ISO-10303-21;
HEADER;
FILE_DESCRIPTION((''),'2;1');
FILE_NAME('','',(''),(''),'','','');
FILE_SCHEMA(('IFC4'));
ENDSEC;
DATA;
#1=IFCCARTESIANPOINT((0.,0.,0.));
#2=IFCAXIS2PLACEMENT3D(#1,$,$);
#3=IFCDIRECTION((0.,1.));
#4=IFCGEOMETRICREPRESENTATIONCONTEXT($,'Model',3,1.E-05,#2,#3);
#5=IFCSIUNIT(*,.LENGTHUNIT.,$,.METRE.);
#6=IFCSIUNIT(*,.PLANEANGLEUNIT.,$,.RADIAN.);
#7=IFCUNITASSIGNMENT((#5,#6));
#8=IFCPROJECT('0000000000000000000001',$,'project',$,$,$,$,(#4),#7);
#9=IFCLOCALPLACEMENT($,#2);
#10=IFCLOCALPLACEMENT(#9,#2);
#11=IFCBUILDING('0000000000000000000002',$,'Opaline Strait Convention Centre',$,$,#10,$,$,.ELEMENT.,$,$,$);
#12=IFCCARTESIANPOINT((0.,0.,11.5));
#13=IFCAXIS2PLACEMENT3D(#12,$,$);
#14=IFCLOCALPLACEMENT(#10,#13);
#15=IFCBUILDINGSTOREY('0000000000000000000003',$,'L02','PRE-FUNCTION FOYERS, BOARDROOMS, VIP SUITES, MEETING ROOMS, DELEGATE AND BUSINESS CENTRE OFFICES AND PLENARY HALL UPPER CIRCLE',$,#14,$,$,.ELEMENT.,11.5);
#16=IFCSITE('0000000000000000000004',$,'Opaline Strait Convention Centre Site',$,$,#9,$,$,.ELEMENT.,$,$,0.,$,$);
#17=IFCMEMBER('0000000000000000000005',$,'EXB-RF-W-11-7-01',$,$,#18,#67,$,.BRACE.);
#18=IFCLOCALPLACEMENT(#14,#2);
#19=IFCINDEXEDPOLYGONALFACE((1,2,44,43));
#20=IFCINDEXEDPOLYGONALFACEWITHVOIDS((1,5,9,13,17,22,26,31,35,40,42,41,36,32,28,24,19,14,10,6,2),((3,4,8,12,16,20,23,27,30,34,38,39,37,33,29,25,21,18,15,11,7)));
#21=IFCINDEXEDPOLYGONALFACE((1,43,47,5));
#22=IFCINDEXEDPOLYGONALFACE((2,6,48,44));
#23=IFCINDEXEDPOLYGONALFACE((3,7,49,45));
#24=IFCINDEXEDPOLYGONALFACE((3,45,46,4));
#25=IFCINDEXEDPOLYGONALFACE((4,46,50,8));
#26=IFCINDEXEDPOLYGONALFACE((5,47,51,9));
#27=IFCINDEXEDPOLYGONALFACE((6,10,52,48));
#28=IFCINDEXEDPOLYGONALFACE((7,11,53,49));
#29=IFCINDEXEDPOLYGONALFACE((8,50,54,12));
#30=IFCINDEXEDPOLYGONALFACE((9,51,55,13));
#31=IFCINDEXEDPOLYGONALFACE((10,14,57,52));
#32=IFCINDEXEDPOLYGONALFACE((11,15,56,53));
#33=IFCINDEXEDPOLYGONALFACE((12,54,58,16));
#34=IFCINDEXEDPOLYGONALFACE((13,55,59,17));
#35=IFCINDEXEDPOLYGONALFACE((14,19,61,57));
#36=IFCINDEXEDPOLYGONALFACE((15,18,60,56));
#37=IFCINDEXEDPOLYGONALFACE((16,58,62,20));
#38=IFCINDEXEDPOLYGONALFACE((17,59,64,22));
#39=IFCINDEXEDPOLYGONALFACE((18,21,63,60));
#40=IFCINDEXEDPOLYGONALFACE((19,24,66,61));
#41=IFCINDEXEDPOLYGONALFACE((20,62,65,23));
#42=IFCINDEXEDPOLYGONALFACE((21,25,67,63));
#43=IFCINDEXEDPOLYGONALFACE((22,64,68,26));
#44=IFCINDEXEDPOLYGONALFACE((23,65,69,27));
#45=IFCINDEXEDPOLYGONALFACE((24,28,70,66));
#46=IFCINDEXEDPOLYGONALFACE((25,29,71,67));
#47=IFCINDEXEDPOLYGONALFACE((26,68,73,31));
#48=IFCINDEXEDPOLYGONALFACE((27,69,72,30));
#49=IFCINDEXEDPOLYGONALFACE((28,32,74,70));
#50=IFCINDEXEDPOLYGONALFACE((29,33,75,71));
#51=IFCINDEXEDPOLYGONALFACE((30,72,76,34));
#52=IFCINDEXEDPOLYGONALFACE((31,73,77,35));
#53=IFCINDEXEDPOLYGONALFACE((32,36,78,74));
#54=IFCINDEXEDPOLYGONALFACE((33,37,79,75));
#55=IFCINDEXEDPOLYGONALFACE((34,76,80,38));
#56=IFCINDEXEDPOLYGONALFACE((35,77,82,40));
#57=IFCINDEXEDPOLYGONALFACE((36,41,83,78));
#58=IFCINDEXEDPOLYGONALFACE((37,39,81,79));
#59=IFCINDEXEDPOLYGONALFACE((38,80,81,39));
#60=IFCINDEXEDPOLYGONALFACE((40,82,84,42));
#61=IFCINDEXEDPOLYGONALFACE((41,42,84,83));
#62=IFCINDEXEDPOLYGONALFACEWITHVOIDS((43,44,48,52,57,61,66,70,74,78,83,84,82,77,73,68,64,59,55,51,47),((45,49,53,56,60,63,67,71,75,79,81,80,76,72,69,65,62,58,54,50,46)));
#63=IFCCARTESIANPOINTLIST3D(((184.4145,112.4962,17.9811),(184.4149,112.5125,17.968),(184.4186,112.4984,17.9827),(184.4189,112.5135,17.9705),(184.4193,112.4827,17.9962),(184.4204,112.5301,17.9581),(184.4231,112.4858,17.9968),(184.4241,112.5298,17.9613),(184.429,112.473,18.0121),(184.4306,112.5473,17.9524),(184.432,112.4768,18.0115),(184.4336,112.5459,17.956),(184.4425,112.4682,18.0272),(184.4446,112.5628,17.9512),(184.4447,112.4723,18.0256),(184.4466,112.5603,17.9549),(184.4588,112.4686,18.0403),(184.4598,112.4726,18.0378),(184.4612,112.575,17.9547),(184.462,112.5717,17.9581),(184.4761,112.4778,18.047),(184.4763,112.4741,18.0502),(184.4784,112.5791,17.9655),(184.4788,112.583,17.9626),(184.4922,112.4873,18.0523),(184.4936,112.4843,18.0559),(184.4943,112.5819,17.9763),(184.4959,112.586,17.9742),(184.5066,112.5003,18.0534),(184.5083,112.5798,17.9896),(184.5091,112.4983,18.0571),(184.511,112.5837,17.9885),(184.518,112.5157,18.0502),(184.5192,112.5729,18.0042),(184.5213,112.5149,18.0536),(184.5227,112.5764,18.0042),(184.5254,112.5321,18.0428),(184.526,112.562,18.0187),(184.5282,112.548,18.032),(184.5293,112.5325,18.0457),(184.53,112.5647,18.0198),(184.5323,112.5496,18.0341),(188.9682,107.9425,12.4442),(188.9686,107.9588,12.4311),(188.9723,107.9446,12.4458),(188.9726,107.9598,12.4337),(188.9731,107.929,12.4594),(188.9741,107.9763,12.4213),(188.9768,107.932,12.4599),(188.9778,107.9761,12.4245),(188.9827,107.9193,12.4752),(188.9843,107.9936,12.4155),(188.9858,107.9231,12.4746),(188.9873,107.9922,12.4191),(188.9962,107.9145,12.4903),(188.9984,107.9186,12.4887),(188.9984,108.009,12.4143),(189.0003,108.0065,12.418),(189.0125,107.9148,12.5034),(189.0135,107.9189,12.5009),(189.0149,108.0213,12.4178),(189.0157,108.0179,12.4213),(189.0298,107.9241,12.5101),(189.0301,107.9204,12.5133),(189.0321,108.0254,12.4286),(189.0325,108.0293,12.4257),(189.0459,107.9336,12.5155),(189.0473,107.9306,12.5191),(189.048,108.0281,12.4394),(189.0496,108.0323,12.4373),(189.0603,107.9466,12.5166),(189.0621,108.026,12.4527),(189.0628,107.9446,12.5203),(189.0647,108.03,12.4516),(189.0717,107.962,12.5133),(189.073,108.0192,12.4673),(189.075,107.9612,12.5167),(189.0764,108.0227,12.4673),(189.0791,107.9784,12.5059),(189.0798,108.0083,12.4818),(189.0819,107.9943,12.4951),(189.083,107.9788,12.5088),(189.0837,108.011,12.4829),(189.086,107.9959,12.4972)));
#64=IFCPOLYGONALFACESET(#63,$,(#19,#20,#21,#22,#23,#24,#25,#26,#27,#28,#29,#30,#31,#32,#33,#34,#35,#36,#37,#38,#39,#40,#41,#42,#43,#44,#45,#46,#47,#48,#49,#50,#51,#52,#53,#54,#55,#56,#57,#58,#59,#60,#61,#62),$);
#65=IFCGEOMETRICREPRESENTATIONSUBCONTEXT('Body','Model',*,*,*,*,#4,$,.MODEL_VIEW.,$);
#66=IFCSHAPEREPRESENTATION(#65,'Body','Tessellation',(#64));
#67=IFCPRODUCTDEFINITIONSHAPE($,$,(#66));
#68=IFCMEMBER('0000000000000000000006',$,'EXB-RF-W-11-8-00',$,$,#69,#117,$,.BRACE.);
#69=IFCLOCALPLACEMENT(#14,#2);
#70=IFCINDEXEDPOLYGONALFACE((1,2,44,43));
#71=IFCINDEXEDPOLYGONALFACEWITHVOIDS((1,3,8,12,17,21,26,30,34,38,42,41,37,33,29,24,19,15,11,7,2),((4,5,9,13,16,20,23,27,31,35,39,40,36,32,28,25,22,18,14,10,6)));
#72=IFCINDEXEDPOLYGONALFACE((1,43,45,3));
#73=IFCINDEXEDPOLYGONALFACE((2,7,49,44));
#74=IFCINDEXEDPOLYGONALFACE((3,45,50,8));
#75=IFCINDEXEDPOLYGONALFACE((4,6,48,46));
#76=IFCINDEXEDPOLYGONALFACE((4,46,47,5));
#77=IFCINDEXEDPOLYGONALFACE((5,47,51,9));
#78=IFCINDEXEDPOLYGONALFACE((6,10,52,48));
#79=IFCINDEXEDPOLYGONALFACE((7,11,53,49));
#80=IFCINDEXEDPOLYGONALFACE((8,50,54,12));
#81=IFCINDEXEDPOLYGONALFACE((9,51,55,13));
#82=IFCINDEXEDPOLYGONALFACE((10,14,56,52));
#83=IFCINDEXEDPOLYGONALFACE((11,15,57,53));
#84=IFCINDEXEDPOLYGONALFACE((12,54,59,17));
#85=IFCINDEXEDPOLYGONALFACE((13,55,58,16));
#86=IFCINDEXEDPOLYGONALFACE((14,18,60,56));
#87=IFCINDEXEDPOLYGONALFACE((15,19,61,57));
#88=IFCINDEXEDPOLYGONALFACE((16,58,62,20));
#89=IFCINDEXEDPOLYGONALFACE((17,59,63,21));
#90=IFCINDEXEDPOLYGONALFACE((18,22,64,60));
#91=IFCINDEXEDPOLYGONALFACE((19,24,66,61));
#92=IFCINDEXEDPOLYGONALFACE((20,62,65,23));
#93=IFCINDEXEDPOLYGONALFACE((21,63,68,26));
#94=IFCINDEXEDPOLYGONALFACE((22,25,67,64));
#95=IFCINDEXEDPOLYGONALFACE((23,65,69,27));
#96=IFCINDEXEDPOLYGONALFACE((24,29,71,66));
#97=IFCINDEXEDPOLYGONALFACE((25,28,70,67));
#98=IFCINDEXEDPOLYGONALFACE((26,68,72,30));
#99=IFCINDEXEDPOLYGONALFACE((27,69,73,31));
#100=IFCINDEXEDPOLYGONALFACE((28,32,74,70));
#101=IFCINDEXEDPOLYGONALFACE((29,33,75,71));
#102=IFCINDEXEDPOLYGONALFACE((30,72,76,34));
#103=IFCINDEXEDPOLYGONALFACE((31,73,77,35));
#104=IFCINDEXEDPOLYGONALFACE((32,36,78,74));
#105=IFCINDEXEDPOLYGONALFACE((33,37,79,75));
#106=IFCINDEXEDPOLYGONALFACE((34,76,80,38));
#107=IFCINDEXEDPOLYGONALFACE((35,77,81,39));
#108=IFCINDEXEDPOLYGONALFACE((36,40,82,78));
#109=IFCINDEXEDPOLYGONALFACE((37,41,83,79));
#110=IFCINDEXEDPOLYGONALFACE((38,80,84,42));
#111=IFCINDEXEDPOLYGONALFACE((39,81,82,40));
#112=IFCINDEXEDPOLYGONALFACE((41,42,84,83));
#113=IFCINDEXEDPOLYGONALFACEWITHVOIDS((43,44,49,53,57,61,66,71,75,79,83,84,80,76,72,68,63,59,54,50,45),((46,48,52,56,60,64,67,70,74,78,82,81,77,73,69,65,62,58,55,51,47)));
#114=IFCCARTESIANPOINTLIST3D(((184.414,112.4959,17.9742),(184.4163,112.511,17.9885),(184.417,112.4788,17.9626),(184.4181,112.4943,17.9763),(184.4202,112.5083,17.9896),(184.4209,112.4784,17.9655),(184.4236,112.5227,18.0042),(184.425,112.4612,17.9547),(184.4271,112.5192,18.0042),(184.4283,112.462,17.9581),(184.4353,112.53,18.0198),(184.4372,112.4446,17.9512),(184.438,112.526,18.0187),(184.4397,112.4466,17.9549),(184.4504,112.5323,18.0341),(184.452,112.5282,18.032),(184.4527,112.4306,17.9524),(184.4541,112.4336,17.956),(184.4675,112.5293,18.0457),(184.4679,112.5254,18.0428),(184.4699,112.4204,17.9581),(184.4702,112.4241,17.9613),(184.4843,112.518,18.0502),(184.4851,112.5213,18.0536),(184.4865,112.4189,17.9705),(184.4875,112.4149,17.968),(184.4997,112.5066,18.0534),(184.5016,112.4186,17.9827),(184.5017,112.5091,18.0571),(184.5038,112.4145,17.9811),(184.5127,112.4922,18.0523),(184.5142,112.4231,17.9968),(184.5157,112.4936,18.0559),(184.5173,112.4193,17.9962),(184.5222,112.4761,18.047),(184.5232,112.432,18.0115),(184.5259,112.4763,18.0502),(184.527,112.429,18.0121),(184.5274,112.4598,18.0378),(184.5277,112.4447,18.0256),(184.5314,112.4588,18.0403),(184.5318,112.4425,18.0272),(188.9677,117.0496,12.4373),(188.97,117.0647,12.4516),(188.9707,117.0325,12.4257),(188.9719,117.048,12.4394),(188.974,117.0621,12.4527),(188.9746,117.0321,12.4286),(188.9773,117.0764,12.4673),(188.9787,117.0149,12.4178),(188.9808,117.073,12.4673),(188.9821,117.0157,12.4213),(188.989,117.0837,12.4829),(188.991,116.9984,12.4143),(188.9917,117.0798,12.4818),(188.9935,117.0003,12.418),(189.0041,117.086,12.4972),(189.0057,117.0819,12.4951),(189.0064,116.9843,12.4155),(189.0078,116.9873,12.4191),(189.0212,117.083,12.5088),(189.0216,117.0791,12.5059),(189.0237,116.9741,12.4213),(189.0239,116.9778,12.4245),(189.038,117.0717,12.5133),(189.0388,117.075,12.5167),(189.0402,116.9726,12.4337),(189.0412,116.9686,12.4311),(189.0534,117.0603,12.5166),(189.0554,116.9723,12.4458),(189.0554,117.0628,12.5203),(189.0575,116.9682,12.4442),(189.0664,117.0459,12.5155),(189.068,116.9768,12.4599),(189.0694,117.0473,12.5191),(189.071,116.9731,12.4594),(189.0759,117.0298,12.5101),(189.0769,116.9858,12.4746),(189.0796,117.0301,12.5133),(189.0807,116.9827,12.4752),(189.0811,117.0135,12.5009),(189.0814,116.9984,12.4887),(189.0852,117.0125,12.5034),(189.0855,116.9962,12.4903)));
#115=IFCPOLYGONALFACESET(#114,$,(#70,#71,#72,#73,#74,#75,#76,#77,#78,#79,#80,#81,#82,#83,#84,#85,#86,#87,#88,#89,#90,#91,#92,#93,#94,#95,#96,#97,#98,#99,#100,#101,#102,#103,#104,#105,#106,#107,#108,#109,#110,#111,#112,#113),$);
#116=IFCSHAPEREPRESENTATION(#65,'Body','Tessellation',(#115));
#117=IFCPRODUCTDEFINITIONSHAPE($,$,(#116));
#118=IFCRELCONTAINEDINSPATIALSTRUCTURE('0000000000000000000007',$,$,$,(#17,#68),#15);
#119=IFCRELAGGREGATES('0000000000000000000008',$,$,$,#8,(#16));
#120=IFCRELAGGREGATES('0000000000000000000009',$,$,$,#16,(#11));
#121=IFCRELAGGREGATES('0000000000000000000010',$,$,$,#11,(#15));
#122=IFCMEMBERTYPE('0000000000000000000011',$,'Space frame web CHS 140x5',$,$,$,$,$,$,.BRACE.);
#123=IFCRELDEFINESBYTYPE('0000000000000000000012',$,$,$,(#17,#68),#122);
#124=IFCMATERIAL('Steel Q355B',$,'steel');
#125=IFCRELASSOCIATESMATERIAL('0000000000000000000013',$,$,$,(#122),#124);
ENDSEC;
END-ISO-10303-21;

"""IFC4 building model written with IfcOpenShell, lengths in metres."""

from ifc_helpers import new_model, si_unit, direction, frame, origin, origin_2d, place, context, subcontext, project, spatial, hollow_circle, extrude, material, material_profile, profile_set, type_object, element, save


model = new_model("IFC4")

# Units and contexts
model_context = context("Model", 3, precision=1e-05, world=origin(), true_north=direction((0.0, 1.0)))
body_context = subcontext(model_context, "Body", "Model", "MODEL_VIEW")
ifc_project = project(units=[si_unit("LENGTHUNIT", "METRE"), si_unit("PLANEANGLEUNIT", "RADIAN")], contexts=[model_context])

# Site, building, storey
site_placement = place(None, origin())
site = spatial("IfcSite", under=ifc_project, at=site_placement, Name="Opaline Strait Convention Centre Site", CompositionType="ELEMENT", RefElevation=0.0)
building_placement = place(site_placement, origin())
building = spatial("IfcBuilding", under=site, at=building_placement, Name="Opaline Strait Convention Centre", CompositionType="ELEMENT")
storey_placement = place(building_placement, frame((0.0, 0.0, 11.5)))
storey = spatial("IfcBuildingStorey", under=building, at=storey_placement, Name="L02", Description="PRE-FUNCTION FOYERS, BOARDROOMS, VIP SUITES, MEETING ROOMS, DELEGATE AND BUSINESS CENTRE OFFICES AND PLENARY HALL UPPER CIRCLE", CompositionType="ELEMENT", Elevation=11.5)

# Members
ifc_material = material(Name="Steel Q355B", Category="steel")
ifc_material_profile_1 = material_profile(ifc_material, hollow_circle(Radius=0.0701, WallThickness=0.0049, at=origin_2d()), Name="CHS 140x5")
ifc_profile_set_1 = profile_set([ifc_material_profile_1], Name="Steel Q355B")
member_type_1 = type_object("IfcMemberType", Name="Space frame web CHS 140x5", PredefinedType="BRACE", material=ifc_profile_set_1)
for number, where, z_axis, x_axis, name in (
    (1, (184.4731, 112.5269, 18.0042), (0.536178, -0.536178, -0.65194), (0.707107, 0.707107, 0.0), "EXB-RF-W-11-7-01"),
    (2, (184.4731, 112.4731, 18.0042), (0.536178, 0.536178, -0.65194), (-0.707107, 0.707107, 0.0), "EXB-RF-W-11-8-00"),
):
    element("IfcMember", number, at=place(storey_placement, frame(where, z_axis=z_axis, x_axis=x_axis)), inside=storey, type_object=member_type_1, Name=name, PredefinedType="BRACE", context=body_context, shape_type="SweptSolid", body=[
        extrude(hollow_circle(Radius=0.0701, WallThickness=0.0049, at=origin_2d()), origin(), (0.0, 0.0, 1.0), 8.4929),
    ])

save(model, "model.ifc")
